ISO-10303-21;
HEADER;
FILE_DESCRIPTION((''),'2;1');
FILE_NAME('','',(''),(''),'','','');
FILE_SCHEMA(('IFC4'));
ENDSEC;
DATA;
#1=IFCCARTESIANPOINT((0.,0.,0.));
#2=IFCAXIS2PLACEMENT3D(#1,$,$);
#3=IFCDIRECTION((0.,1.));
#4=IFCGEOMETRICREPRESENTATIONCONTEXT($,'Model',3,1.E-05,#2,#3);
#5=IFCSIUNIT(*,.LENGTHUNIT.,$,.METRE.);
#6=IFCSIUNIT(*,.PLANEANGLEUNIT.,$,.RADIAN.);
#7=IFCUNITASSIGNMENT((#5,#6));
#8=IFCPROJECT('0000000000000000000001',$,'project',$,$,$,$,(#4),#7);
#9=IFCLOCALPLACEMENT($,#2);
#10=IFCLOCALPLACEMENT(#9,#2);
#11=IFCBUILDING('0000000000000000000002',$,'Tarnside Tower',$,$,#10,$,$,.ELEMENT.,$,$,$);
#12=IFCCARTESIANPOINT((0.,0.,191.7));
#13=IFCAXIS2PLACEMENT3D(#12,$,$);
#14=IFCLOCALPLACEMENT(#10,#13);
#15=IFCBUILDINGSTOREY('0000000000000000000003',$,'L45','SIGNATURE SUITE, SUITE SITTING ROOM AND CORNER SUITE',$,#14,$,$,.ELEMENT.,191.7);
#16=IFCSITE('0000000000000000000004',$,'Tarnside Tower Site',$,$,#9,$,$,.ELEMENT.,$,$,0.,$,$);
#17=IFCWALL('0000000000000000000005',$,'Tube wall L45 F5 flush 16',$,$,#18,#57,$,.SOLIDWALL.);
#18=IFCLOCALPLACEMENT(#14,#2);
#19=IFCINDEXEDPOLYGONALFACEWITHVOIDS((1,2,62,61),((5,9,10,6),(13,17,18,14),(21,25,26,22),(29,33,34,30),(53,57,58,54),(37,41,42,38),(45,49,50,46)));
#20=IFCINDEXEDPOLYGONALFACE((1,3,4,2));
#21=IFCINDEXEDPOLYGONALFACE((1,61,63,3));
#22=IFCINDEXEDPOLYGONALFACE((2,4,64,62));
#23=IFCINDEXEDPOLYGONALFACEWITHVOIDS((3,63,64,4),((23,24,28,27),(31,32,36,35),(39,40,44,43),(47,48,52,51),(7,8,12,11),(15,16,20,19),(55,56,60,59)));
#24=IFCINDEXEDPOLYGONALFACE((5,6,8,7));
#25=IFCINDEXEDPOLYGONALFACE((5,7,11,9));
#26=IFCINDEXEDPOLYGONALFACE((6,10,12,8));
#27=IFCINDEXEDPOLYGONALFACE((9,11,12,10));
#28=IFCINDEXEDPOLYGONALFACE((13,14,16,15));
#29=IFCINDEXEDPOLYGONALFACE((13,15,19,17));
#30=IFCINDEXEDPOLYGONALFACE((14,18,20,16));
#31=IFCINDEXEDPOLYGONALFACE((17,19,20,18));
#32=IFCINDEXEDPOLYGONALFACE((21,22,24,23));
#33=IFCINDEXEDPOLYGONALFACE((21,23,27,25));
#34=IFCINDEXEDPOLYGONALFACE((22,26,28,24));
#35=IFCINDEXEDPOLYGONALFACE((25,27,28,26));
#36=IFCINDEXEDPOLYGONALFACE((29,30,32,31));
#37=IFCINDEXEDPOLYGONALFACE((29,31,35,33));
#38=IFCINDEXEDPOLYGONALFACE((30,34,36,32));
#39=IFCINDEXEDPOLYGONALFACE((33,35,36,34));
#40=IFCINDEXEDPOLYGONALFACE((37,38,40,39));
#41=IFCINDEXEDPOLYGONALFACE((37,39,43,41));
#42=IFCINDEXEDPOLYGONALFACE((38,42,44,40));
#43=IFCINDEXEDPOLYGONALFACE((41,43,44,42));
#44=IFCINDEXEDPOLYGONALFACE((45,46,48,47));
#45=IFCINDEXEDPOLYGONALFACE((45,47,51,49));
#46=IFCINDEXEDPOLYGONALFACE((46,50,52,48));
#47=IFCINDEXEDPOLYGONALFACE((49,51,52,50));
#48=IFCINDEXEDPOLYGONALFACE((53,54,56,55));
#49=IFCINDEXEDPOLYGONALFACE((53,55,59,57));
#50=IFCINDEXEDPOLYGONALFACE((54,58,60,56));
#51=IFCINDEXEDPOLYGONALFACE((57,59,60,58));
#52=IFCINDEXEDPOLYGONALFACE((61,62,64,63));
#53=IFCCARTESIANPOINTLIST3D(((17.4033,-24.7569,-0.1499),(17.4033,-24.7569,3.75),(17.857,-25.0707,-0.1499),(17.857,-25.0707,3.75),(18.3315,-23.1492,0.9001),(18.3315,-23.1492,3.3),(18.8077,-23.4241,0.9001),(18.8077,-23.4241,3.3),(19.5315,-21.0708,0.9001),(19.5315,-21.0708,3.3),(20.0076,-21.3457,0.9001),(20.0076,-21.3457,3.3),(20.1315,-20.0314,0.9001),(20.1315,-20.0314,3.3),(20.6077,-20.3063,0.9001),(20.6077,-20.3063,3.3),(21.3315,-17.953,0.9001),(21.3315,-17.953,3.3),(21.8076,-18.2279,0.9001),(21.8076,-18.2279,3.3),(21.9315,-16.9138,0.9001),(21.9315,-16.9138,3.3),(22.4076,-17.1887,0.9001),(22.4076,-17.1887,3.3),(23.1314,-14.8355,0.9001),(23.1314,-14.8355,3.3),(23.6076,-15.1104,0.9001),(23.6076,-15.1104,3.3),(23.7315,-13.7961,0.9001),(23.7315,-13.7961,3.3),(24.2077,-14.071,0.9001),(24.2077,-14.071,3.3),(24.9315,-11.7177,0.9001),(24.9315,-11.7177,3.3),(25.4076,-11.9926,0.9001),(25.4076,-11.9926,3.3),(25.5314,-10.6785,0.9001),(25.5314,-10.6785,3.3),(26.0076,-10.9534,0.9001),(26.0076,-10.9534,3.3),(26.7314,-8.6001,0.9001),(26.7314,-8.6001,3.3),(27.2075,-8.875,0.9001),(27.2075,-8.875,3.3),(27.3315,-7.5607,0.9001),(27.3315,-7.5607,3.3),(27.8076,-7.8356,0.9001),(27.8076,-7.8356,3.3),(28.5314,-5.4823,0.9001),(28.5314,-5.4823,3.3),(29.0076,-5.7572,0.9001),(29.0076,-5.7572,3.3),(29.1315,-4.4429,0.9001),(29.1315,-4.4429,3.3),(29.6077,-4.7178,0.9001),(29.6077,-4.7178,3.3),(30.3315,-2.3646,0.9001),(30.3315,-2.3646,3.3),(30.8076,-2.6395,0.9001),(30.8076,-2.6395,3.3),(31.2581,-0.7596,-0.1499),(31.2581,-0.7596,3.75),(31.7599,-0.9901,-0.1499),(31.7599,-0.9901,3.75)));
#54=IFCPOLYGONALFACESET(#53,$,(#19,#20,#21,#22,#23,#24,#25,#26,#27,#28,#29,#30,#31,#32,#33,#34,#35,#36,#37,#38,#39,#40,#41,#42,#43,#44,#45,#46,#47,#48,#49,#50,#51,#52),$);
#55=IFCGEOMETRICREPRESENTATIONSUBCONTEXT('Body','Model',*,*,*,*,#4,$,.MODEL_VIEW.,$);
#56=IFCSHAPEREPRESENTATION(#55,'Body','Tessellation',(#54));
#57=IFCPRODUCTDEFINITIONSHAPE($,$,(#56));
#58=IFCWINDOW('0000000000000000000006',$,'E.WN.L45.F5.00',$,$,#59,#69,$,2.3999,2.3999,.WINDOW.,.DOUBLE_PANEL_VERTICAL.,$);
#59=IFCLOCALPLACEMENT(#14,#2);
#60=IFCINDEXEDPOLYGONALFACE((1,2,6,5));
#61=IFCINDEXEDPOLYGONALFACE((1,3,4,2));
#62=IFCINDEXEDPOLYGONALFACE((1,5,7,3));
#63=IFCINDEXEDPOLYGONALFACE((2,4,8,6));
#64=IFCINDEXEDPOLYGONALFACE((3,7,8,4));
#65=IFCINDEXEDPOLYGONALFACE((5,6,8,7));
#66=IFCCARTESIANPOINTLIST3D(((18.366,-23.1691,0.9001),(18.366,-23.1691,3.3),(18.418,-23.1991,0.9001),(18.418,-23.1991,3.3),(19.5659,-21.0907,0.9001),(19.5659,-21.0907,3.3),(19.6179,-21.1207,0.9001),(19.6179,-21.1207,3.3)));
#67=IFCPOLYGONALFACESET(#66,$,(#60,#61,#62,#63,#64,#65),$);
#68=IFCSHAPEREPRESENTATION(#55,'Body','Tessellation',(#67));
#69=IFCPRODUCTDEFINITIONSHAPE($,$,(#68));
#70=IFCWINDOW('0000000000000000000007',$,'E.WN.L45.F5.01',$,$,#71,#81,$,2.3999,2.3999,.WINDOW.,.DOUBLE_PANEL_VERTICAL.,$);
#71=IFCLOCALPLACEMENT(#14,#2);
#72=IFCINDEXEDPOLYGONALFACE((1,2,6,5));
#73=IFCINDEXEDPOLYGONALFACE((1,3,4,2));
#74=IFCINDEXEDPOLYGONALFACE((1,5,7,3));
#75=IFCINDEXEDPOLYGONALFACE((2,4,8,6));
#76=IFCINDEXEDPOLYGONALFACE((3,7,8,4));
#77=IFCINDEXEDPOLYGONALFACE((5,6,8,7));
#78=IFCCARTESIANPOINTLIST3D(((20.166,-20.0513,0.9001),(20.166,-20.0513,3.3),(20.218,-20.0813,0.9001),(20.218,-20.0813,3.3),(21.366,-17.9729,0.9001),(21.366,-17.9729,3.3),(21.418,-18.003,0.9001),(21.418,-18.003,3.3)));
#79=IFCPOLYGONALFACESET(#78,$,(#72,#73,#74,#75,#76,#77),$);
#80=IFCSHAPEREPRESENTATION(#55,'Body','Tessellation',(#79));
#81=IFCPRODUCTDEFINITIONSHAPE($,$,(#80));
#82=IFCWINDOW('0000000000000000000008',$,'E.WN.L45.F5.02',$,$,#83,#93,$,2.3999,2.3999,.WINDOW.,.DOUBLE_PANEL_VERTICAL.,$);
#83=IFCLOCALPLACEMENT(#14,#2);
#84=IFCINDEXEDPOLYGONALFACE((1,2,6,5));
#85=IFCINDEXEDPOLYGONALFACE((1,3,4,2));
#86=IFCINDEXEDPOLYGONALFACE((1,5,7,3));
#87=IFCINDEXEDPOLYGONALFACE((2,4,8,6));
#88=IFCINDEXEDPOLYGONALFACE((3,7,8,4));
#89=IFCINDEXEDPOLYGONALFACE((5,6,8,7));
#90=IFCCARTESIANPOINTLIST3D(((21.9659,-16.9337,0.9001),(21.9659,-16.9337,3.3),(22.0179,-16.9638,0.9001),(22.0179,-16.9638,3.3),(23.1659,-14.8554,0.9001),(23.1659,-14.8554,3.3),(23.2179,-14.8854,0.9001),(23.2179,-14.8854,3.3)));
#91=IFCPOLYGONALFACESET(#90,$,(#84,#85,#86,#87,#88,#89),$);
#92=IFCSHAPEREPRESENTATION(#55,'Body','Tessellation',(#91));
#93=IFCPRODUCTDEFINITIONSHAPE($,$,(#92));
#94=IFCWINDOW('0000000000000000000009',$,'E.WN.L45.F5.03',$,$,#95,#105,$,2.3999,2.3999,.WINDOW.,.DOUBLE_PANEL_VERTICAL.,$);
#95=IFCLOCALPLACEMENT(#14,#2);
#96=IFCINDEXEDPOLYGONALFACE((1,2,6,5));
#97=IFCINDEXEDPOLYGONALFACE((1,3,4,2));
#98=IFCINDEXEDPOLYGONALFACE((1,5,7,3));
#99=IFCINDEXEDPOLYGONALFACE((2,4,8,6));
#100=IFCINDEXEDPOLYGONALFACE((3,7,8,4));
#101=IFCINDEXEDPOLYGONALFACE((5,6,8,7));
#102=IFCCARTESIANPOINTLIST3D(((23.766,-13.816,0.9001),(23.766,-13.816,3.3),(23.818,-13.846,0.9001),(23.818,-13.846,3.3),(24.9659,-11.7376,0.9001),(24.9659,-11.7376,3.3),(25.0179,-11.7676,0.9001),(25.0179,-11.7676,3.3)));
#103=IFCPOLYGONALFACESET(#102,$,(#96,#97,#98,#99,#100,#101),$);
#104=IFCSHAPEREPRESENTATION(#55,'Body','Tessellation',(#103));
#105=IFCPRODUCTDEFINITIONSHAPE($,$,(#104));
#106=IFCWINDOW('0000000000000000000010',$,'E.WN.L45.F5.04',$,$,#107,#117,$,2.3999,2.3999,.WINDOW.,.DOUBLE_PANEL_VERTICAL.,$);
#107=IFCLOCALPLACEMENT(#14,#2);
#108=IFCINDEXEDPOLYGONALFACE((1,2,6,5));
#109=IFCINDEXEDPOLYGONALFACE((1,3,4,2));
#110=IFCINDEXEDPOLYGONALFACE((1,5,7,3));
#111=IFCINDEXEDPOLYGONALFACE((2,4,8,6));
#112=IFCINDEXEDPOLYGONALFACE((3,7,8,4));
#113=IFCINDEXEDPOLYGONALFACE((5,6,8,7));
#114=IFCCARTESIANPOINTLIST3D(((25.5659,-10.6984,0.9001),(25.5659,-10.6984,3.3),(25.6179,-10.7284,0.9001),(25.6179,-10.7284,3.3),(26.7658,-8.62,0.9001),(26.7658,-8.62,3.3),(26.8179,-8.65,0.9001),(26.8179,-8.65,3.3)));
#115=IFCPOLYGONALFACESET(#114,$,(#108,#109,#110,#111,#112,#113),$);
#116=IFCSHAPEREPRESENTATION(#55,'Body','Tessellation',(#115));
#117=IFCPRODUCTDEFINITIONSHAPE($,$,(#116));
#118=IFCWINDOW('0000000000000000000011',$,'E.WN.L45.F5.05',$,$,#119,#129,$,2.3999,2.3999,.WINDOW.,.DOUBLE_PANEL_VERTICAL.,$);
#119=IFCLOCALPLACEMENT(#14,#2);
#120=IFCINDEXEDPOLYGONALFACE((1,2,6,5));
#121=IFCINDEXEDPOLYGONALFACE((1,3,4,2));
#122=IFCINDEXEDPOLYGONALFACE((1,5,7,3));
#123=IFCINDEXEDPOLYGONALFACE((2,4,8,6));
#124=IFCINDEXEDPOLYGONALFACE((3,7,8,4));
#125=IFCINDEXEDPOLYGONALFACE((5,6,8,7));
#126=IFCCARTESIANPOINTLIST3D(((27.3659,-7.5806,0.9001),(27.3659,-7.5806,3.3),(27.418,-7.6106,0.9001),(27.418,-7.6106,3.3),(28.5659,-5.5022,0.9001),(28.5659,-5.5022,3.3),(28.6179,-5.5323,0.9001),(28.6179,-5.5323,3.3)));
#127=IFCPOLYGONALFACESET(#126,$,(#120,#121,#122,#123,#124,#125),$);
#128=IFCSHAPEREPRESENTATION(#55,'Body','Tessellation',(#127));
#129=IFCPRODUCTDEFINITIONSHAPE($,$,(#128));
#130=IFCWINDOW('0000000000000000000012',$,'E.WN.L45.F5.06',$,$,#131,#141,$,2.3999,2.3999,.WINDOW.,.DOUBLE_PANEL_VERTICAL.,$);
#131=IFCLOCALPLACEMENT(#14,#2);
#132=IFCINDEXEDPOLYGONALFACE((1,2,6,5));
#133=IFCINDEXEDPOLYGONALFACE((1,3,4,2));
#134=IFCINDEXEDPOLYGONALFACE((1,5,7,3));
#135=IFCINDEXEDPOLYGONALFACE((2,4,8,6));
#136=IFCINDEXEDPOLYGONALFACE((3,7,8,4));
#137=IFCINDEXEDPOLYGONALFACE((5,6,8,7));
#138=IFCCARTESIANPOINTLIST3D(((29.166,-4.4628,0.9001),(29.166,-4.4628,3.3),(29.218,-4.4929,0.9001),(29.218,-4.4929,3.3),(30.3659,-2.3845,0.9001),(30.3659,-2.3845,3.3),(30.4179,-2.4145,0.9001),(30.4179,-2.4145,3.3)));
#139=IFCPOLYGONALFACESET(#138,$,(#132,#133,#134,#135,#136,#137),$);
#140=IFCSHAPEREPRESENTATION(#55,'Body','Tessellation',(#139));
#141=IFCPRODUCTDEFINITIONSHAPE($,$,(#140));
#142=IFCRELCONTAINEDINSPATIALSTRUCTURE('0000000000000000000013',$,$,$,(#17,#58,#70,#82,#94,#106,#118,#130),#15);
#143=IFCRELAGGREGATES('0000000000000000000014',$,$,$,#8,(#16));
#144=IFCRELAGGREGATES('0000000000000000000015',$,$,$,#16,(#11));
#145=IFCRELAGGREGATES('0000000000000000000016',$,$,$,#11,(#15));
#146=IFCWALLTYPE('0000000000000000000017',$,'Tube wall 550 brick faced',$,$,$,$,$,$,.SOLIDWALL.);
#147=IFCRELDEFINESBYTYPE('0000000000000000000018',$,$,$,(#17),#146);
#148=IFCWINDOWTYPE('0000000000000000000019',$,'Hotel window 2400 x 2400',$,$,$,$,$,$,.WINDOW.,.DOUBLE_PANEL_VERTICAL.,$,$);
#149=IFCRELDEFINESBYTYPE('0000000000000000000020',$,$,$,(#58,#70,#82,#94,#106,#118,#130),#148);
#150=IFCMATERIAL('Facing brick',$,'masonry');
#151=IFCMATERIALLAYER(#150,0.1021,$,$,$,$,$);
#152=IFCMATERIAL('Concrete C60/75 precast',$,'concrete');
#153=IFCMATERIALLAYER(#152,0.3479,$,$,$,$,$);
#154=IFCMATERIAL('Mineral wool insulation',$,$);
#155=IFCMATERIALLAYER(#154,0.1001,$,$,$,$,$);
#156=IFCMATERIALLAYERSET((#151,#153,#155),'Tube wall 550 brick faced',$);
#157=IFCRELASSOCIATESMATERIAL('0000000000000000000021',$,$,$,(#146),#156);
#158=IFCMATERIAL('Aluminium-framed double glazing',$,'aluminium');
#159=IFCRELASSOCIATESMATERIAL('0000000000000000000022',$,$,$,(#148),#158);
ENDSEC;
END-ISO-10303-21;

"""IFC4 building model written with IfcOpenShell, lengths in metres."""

from ifc_helpers import new_model, si_unit, direction, frame, frame_2d, origin, place, context, subcontext, project, spatial, polyline, rectangle, outline, extrude, material, layer, layer_set, type_object, element, fill, save


model = new_model("IFC4")

# Units and contexts
model_context = context("Model", 3, precision=1e-05, world=origin(), true_north=direction((0.0, 1.0)))
body_context = subcontext(model_context, "Body", "Model", "MODEL_VIEW")
ifc_project = project(units=[si_unit("LENGTHUNIT", "METRE"), si_unit("PLANEANGLEUNIT", "RADIAN")], contexts=[model_context])

# Site, building, storey
site_placement = place(None, origin())
site = spatial("IfcSite", under=ifc_project, at=site_placement, Name="Tarnside Tower Site", CompositionType="ELEMENT", RefElevation=0.0)
building_placement = place(site_placement, origin())
building = spatial("IfcBuilding", under=site, at=building_placement, Name="Tarnside Tower", CompositionType="ELEMENT")
storey_placement = place(building_placement, frame((0.0, 0.0, 191.7)))
storey = spatial("IfcBuildingStorey", under=building, at=storey_placement, Name="L45", Description="SIGNATURE SUITE, SUITE SITTING ROOM AND CORNER SUITE", CompositionType="ELEMENT", Elevation=191.7)

# Shared definitions
ifc_material_1 = material(Name="Facing brick", Category="masonry")
ifc_layer_1 = layer(ifc_material_1, 0.1021)
ifc_material_2 = material(Name="Concrete C60/75 precast", Category="concrete")
ifc_layer_2 = layer(ifc_material_2, 0.3479)
ifc_material_3 = material(Name="Mineral wool insulation")
ifc_layer_3 = layer(ifc_material_3, 0.1001)
ifc_layer_set_1 = layer_set([ifc_layer_1, ifc_layer_2, ifc_layer_3], Name="Tube wall 550 brick faced")
wall_type_1 = type_object("IfcWallType", Name="Tube wall 550 brick faced", PredefinedType="SOLIDWALL", material=ifc_layer_set_1)

# Wall, openings, windows
wall_1_placement = place(storey_placement, frame((17.6301, -24.9138, -0.1499), z_axis=(0.0, 0.0, 1.0), x_axis=(0.499999, 0.866026, 0.0)))
wall_1 = element("IfcWall", 1, at=wall_1_placement, inside=storey, type_object=wall_type_1, Name="Tube wall L45 F5 flush 16", PredefinedType="SOLIDWALL", context=body_context, shape_type="SweptSolid", body=[
    extrude(outline(polyline([(-0.0225, -0.2749), (27.7834, -0.2749), (27.7322, 0.2749), (0.0225, 0.2749), (-0.0225, -0.2749)])), origin(), (0.0, 0.0, 1.0), 3.8999),
])
opening_1_placement = place(wall_1_placement, frame((1.8789, 0.0, 1.05)))
opening_1 = element("IfcOpeningElement", 2, at=opening_1_placement, cuts=wall_1, PredefinedType="OPENING", context=body_context, shape_type="SweptSolid", body=[
    extrude(rectangle(XDim=2.3999, YDim=2.3999, at=frame_2d((1.2, 1.2))), frame((0.0, 0.2852, 0.0), z_axis=(0.0, -1.0, 0.0), x_axis=(1.0, 0.0, 0.0)), (0.0, 0.0, 1.0), 0.5701),
])
opening_2_placement = place(wall_1_placement, frame((5.479, 0.0, 1.05)))
opening_2 = element("IfcOpeningElement", 3, at=opening_2_placement, cuts=wall_1, PredefinedType="OPENING", context=body_context, shape_type="SweptSolid", body=[
    extrude(rectangle(XDim=2.3999, YDim=2.3999, at=frame_2d((1.2, 1.2))), frame((0.0, 0.2852, 0.0), z_axis=(0.0, -1.0, 0.0), x_axis=(1.0, 0.0, 0.0)), (0.0, 0.0, 1.0), 0.5701),
])
opening_3_placement = place(wall_1_placement, frame((9.0789, 0.0, 1.05)))
opening_3 = element("IfcOpeningElement", 4, at=opening_3_placement, cuts=wall_1, PredefinedType="OPENING", context=body_context, shape_type="SweptSolid", body=[
    extrude(rectangle(XDim=2.3999, YDim=2.3999, at=frame_2d((1.2, 1.2))), frame((0.0, 0.2852, 0.0), z_axis=(0.0, -1.0, 0.0), x_axis=(1.0, 0.0, 0.0)), (0.0, 0.0, 1.0), 0.5701),
])
opening_4_placement = place(wall_1_placement, frame((12.679, 0.0, 1.05)))
opening_4 = element("IfcOpeningElement", 5, at=opening_4_placement, cuts=wall_1, PredefinedType="OPENING", context=body_context, shape_type="SweptSolid", body=[
    extrude(rectangle(XDim=2.3999, YDim=2.3999, at=frame_2d((1.2, 1.2))), frame((0.0, 0.2852, 0.0), z_axis=(0.0, -1.0, 0.0), x_axis=(1.0, 0.0, 0.0)), (0.0, 0.0, 1.0), 0.5701),
])
opening_5_placement = place(wall_1_placement, frame((16.2788, 0.0, 1.05)))
opening_5 = element("IfcOpeningElement", 6, at=opening_5_placement, cuts=wall_1, PredefinedType="OPENING", context=body_context, shape_type="SweptSolid", body=[
    extrude(rectangle(XDim=2.3999, YDim=2.3999, at=frame_2d((1.2, 1.2))), frame((0.0, 0.2852, 0.0), z_axis=(0.0, -1.0, 0.0), x_axis=(1.0, 0.0, 0.0)), (0.0, 0.0, 1.0), 0.5701),
])
opening_6_placement = place(wall_1_placement, frame((19.8789, 0.0, 1.05)))
opening_6 = element("IfcOpeningElement", 7, at=opening_6_placement, cuts=wall_1, PredefinedType="OPENING", context=body_context, shape_type="SweptSolid", body=[
    extrude(rectangle(XDim=2.3999, YDim=2.3999, at=frame_2d((1.2, 1.2))), frame((0.0, 0.2852, 0.0), z_axis=(0.0, -1.0, 0.0), x_axis=(1.0, 0.0, 0.0)), (0.0, 0.0, 1.0), 0.5701),
])
opening_7_placement = place(wall_1_placement, frame((23.479, 0.0, 1.05)))
opening_7 = element("IfcOpeningElement", 8, at=opening_7_placement, cuts=wall_1, PredefinedType="OPENING", context=body_context, shape_type="SweptSolid", body=[
    extrude(rectangle(XDim=2.3999, YDim=2.3999, at=frame_2d((1.2, 1.2))), frame((0.0, 0.2852, 0.0), z_axis=(0.0, -1.0, 0.0), x_axis=(1.0, 0.0, 0.0)), (0.0, 0.0, 1.0), 0.5701),
])
ifc_material_4 = material(Name="Aluminium-framed double glazing", Category="aluminium")
window_type = type_object("IfcWindowType", Name="Hotel window 2400 x 2400", PartitioningType="DOUBLE_PANEL_VERTICAL", PredefinedType="WINDOW", material=ifc_material_4)
window_1_placement = place(opening_1_placement, frame((0.0, 0.2051, 0.0)))
window_1 = element("IfcWindow", 9, at=window_1_placement, inside=storey, type_object=window_type, Name="E.WN.L45.F5.00", OverallHeight=2.3999, OverallWidth=2.3999, PartitioningType="DOUBLE_PANEL_VERTICAL", PredefinedType="WINDOW", context=body_context, shape_type="SweptSolid", body=[
    extrude(rectangle(XDim=2.3999, YDim=2.3999, at=frame_2d((1.2, 1.2))), frame((0.0, 0.03, 0.0), z_axis=(0.0, -1.0, 0.0), x_axis=(1.0, 0.0, 0.0)), (0.0, 0.0, 1.0), 0.0601),
])
fill(opening_1, window_1)
window_2_placement = place(opening_2_placement, frame((0.0, 0.2051, 0.0)))
window_2 = element("IfcWindow", 10, at=window_2_placement, inside=storey, type_object=window_type, Name="E.WN.L45.F5.01", OverallHeight=2.3999, OverallWidth=2.3999, PartitioningType="DOUBLE_PANEL_VERTICAL", PredefinedType="WINDOW", context=body_context, shape_type="SweptSolid", body=[
    extrude(rectangle(XDim=2.3999, YDim=2.3999, at=frame_2d((1.2, 1.2))), frame((0.0, 0.03, 0.0), z_axis=(0.0, -1.0, 0.0), x_axis=(1.0, 0.0, 0.0)), (0.0, 0.0, 1.0), 0.0601),
])
fill(opening_2, window_2)
window_3_placement = place(opening_3_placement, frame((0.0, 0.2051, 0.0)))
window_3 = element("IfcWindow", 11, at=window_3_placement, inside=storey, type_object=window_type, Name="E.WN.L45.F5.02", OverallHeight=2.3999, OverallWidth=2.3999, PartitioningType="DOUBLE_PANEL_VERTICAL", PredefinedType="WINDOW", context=body_context, shape_type="SweptSolid", body=[
    extrude(rectangle(XDim=2.3999, YDim=2.3999, at=frame_2d((1.2, 1.2))), frame((0.0, 0.03, 0.0), z_axis=(0.0, -1.0, 0.0), x_axis=(1.0, 0.0, 0.0)), (0.0, 0.0, 1.0), 0.0601),
])
fill(opening_3, window_3)
window_4_placement = place(opening_4_placement, frame((0.0, 0.2051, 0.0)))
window_4 = element("IfcWindow", 12, at=window_4_placement, inside=storey, type_object=window_type, Name="E.WN.L45.F5.03", OverallHeight=2.3999, OverallWidth=2.3999, PartitioningType="DOUBLE_PANEL_VERTICAL", PredefinedType="WINDOW", context=body_context, shape_type="SweptSolid", body=[
    extrude(rectangle(XDim=2.3999, YDim=2.3999, at=frame_2d((1.2, 1.2))), frame((0.0, 0.03, 0.0), z_axis=(0.0, -1.0, 0.0), x_axis=(1.0, 0.0, 0.0)), (0.0, 0.0, 1.0), 0.0601),
])
fill(opening_4, window_4)
window_5_placement = place(opening_5_placement, frame((0.0, 0.2051, 0.0)))
window_5 = element("IfcWindow", 13, at=window_5_placement, inside=storey, type_object=window_type, Name="E.WN.L45.F5.04", OverallHeight=2.3999, OverallWidth=2.3999, PartitioningType="DOUBLE_PANEL_VERTICAL", PredefinedType="WINDOW", context=body_context, shape_type="SweptSolid", body=[
    extrude(rectangle(XDim=2.3999, YDim=2.3999, at=frame_2d((1.2, 1.2))), frame((0.0, 0.03, 0.0), z_axis=(0.0, -1.0, 0.0), x_axis=(1.0, 0.0, 0.0)), (0.0, 0.0, 1.0), 0.0601),
])
fill(opening_5, window_5)
window_6_placement = place(opening_6_placement, frame((0.0, 0.2051, 0.0)))
window_6 = element("IfcWindow", 14, at=window_6_placement, inside=storey, type_object=window_type, Name="E.WN.L45.F5.05", OverallHeight=2.3999, OverallWidth=2.3999, PartitioningType="DOUBLE_PANEL_VERTICAL", PredefinedType="WINDOW", context=body_context, shape_type="SweptSolid", body=[
    extrude(rectangle(XDim=2.3999, YDim=2.3999, at=frame_2d((1.2, 1.2))), frame((0.0, 0.03, 0.0), z_axis=(0.0, -1.0, 0.0), x_axis=(1.0, 0.0, 0.0)), (0.0, 0.0, 1.0), 0.0601),
])
fill(opening_6, window_6)
window_7_placement = place(opening_7_placement, frame((0.0, 0.2051, 0.0)))
window_7 = element("IfcWindow", 15, at=window_7_placement, inside=storey, type_object=window_type, Name="E.WN.L45.F5.06", OverallHeight=2.3999, OverallWidth=2.3999, PartitioningType="DOUBLE_PANEL_VERTICAL", PredefinedType="WINDOW", context=body_context, shape_type="SweptSolid", body=[
    extrude(rectangle(XDim=2.3999, YDim=2.3999, at=frame_2d((1.2, 1.2))), frame((0.0, 0.03, 0.0), z_axis=(0.0, -1.0, 0.0), x_axis=(1.0, 0.0, 0.0)), (0.0, 0.0, 1.0), 0.0601),
])
fill(opening_7, window_7)

save(model, "model.ifc")
